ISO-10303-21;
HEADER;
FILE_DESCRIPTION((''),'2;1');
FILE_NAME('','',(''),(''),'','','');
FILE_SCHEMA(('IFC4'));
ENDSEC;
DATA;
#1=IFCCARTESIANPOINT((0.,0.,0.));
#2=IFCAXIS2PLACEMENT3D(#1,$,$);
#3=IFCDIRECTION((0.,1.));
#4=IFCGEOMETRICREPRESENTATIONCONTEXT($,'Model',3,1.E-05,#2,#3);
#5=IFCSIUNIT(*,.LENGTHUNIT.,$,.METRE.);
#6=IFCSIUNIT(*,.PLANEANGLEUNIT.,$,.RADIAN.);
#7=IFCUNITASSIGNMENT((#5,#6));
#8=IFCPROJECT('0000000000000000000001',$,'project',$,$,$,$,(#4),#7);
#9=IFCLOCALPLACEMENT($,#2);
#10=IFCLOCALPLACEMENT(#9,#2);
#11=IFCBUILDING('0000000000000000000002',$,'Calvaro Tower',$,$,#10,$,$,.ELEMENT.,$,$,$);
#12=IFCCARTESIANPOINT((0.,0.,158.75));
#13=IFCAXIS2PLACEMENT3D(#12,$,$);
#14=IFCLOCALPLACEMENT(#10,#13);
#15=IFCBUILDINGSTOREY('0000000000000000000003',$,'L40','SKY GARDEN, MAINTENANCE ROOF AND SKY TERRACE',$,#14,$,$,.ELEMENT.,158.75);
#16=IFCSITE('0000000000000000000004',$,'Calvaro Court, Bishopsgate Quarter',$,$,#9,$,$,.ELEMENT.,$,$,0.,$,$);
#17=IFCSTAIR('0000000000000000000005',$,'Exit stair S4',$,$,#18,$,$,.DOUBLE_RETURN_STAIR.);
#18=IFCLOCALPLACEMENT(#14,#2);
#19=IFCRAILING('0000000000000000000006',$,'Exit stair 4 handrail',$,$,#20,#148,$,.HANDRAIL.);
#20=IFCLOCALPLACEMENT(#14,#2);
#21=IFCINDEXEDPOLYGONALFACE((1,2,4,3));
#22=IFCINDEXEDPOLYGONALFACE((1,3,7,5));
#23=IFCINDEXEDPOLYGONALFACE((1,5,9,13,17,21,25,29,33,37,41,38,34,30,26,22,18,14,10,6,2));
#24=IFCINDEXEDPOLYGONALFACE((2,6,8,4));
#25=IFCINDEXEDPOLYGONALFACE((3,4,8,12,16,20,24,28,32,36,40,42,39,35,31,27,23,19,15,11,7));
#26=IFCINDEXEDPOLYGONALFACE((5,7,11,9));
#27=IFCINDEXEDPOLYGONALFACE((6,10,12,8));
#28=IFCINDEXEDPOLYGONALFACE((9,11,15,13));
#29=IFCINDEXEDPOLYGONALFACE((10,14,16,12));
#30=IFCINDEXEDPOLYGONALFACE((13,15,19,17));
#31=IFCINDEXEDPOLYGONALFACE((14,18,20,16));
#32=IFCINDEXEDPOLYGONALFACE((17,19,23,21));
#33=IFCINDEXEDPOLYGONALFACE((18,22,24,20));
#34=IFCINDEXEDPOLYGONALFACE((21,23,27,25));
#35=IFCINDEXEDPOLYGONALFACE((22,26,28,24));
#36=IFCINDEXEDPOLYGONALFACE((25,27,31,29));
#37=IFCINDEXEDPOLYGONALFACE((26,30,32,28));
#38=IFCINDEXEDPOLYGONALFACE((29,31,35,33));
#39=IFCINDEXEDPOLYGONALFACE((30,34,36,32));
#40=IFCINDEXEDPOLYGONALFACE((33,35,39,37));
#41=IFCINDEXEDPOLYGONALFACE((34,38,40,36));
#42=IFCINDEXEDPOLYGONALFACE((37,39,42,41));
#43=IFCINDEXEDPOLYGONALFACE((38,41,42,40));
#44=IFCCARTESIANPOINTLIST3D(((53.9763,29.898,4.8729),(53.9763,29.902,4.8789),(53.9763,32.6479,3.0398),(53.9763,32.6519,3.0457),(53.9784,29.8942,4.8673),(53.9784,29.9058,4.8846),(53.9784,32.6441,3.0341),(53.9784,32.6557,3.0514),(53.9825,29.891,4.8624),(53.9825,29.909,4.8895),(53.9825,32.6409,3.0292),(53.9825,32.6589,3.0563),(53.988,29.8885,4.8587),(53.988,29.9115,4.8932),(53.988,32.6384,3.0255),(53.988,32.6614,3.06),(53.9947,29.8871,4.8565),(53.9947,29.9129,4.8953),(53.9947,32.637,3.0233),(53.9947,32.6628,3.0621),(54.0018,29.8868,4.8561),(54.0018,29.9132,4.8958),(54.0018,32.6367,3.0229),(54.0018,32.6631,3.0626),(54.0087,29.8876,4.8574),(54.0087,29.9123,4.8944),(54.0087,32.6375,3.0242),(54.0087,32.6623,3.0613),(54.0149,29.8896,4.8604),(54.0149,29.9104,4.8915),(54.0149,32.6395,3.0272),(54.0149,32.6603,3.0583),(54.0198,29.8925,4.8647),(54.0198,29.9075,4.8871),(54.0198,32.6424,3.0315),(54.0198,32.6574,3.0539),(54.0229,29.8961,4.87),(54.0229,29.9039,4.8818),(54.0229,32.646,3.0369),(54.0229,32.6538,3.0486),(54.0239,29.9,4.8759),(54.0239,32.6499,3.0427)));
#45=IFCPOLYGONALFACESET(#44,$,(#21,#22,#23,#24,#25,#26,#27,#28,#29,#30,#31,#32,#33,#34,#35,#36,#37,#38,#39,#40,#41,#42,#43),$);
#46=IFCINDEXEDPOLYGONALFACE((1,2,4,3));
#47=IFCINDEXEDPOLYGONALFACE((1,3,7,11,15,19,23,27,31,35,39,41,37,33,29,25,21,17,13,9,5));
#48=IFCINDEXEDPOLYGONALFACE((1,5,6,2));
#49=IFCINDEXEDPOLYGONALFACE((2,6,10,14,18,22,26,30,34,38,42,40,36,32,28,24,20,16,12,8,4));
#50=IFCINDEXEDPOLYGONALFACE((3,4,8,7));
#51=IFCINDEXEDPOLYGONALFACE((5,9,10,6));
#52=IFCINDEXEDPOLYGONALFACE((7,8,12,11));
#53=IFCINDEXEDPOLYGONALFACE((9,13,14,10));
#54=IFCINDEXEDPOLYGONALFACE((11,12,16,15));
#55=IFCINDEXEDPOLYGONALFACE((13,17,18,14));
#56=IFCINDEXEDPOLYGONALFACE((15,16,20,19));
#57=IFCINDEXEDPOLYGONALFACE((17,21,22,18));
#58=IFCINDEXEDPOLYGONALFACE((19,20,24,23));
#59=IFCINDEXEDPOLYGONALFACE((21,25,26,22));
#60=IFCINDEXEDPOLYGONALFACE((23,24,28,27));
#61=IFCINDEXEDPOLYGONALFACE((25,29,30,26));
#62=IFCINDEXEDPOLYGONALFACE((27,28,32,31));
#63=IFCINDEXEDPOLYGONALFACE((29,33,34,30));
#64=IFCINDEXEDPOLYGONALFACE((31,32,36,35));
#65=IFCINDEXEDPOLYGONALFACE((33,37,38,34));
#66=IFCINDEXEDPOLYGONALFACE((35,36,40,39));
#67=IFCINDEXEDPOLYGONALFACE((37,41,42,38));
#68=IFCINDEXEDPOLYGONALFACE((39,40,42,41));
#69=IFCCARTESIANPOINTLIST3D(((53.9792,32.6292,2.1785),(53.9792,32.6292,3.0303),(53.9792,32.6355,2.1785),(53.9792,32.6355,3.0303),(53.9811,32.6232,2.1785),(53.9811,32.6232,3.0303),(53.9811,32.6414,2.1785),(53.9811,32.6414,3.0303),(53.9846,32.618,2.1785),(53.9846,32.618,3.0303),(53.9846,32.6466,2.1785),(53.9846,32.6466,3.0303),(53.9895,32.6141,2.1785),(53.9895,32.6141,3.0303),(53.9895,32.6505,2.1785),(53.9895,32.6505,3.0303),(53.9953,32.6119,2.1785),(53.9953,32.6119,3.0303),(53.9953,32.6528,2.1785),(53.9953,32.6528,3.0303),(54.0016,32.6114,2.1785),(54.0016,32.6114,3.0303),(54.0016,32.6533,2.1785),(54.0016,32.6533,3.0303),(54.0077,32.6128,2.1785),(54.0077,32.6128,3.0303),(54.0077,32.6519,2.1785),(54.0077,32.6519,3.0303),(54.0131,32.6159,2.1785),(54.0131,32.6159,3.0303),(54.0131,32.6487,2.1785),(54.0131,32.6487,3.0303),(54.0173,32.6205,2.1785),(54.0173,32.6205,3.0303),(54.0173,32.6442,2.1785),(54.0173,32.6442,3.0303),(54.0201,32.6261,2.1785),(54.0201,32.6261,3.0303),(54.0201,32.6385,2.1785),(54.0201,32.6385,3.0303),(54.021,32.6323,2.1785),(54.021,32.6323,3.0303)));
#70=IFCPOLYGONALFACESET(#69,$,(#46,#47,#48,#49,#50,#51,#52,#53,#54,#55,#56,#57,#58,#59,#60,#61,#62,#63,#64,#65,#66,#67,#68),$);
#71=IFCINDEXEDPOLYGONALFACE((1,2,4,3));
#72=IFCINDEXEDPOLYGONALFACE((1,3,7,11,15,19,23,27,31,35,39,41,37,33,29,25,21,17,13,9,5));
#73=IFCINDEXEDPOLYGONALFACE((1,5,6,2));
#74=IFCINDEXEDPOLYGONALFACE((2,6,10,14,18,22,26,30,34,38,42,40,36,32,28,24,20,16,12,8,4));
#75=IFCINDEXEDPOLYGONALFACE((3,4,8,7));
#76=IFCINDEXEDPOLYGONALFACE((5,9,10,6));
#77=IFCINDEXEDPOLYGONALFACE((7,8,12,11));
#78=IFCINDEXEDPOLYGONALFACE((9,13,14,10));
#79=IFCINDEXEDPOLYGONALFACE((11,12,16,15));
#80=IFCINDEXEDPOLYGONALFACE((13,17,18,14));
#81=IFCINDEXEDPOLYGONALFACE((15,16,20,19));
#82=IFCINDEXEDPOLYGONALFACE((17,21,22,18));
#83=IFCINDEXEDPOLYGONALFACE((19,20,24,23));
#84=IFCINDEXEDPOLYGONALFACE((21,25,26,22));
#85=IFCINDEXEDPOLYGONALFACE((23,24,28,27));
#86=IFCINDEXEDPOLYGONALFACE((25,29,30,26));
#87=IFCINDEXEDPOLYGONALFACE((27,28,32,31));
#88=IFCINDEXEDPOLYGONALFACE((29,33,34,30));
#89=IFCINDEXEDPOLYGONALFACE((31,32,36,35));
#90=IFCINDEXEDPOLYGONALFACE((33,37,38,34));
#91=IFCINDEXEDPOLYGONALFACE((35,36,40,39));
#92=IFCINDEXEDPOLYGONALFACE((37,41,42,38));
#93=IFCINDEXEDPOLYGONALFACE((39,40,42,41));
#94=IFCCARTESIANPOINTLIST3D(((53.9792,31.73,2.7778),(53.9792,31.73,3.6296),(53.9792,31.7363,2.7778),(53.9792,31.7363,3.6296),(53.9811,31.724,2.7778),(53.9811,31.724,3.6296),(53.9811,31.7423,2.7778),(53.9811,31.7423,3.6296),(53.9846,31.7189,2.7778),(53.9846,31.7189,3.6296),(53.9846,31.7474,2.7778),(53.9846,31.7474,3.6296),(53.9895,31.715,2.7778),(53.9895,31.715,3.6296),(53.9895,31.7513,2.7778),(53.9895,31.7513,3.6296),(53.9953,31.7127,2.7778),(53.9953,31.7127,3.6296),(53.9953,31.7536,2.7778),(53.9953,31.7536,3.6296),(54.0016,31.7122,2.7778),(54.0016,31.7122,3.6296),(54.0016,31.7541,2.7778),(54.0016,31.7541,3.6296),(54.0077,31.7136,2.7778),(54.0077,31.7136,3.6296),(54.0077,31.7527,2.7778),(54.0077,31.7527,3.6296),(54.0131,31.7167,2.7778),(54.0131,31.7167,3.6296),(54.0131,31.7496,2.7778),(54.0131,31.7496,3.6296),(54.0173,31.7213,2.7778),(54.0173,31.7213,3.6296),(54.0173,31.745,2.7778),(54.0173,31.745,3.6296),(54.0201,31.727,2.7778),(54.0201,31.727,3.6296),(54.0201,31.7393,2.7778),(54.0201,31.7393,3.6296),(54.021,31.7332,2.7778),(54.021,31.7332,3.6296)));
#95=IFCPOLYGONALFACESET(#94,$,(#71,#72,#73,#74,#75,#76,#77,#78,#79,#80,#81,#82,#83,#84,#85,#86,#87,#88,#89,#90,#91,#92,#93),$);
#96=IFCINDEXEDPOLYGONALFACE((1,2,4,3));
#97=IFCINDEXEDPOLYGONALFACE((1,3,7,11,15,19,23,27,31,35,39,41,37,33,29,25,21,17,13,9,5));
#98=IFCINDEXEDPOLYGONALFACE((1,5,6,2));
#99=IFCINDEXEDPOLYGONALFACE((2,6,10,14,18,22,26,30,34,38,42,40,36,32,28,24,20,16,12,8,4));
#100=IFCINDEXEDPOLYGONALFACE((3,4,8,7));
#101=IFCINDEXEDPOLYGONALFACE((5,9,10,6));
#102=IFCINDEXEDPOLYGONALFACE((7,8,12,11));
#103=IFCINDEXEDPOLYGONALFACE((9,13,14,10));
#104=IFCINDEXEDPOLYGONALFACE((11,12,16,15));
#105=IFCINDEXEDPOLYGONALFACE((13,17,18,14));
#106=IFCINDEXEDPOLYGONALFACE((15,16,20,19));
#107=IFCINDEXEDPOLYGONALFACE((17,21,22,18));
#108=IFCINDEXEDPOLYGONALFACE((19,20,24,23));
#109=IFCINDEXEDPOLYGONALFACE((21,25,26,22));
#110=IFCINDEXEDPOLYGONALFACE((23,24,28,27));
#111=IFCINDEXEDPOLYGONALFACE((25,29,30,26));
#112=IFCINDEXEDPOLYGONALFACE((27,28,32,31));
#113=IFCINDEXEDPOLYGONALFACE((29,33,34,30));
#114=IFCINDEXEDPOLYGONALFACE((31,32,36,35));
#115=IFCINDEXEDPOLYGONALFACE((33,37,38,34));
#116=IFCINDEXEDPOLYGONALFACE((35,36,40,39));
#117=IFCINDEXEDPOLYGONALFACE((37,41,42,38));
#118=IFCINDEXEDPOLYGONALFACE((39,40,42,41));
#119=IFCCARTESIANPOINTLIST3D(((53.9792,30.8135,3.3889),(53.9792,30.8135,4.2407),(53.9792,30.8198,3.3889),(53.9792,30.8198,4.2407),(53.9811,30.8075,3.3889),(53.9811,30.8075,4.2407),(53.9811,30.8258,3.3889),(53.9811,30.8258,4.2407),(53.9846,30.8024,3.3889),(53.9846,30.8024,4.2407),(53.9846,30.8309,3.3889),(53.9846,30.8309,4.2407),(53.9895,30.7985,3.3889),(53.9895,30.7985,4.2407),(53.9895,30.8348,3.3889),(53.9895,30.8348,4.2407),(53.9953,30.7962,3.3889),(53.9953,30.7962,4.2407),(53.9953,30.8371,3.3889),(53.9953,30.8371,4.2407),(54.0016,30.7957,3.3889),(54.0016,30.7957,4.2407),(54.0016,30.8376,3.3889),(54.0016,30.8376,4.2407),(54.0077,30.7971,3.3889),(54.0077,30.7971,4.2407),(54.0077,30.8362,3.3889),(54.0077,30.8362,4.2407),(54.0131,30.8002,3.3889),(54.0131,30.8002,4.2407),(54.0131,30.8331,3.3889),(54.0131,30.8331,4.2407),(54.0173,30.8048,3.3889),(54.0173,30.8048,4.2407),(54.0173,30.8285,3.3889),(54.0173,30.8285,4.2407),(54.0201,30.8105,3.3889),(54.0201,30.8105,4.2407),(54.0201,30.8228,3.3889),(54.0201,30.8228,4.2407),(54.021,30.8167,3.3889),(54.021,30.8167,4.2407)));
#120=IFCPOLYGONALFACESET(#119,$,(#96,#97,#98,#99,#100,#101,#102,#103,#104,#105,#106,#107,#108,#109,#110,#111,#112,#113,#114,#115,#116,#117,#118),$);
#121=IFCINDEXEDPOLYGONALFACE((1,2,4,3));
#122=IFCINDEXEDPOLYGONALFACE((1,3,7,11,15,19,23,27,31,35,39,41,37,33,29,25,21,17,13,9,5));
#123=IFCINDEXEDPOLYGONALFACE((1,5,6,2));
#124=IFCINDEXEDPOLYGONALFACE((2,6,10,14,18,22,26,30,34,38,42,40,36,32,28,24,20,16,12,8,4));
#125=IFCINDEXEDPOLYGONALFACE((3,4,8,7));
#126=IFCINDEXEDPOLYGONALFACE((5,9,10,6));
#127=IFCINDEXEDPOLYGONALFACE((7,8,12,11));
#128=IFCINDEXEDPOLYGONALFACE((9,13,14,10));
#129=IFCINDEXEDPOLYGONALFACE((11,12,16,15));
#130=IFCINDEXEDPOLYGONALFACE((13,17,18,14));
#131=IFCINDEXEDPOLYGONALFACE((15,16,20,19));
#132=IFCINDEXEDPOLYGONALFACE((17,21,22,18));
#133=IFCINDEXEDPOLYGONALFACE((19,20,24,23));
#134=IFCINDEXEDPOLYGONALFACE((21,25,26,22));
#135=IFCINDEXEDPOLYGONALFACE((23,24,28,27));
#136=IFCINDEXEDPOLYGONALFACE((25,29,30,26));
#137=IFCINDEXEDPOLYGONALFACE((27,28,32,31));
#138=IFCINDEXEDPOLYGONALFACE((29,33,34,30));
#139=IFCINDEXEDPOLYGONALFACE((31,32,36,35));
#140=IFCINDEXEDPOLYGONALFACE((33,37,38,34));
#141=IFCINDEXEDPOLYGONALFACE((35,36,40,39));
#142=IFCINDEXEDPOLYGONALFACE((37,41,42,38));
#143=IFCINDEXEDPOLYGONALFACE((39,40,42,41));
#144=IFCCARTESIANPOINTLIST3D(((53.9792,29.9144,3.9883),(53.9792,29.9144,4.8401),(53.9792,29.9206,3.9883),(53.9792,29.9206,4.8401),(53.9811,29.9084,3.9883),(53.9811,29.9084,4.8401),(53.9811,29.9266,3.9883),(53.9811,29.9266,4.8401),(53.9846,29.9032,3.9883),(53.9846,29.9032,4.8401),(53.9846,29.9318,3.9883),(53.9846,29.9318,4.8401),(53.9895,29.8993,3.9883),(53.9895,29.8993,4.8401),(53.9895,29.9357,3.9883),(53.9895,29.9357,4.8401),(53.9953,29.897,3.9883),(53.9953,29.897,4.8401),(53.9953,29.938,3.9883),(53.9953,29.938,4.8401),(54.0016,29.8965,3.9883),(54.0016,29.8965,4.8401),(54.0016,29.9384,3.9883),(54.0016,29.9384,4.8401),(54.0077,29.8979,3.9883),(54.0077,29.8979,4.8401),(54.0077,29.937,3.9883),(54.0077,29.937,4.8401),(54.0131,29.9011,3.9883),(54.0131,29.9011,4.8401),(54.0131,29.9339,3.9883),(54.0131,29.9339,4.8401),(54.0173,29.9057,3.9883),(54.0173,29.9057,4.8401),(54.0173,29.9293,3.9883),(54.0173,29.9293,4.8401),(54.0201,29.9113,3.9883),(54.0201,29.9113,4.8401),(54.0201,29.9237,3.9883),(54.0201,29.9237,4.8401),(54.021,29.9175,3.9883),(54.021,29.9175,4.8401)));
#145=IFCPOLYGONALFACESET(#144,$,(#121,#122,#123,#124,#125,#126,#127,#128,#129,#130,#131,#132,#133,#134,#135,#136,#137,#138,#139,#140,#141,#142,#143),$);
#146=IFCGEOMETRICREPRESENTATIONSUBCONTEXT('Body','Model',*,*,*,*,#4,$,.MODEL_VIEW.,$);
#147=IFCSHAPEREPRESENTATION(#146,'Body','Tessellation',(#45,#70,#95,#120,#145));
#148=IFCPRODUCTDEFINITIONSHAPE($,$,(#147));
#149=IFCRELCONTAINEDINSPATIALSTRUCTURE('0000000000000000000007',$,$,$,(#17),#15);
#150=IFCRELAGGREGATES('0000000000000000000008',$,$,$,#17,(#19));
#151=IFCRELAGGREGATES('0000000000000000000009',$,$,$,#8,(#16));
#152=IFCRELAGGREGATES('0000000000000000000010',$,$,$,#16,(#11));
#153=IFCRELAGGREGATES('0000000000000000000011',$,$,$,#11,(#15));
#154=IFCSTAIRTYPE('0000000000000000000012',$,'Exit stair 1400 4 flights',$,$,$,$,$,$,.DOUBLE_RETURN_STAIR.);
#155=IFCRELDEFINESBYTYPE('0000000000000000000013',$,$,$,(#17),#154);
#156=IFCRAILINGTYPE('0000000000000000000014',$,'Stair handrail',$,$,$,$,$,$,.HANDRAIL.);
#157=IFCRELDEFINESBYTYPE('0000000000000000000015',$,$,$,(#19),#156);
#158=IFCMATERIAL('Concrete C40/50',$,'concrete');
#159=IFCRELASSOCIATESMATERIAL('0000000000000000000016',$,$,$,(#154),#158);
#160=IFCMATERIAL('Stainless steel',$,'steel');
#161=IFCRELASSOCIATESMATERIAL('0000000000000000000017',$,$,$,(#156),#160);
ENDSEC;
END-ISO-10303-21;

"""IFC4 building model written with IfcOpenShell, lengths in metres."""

from ifc_helpers import new_model, si_unit, direction, frame, origin, origin_2d, place, context, subcontext, project, spatial, circle, extrude, material, type_object, element, aggregate, save


model = new_model("IFC4")

# Units and contexts
model_context = context("Model", 3, precision=1e-05, world=origin(), true_north=direction((0.0, 1.0)))
body_context = subcontext(model_context, "Body", "Model", "MODEL_VIEW")
ifc_project = project(units=[si_unit("LENGTHUNIT", "METRE"), si_unit("PLANEANGLEUNIT", "RADIAN")], contexts=[model_context])

# Site, building, storey
site_placement = place(None, origin())
site = spatial("IfcSite", under=ifc_project, at=site_placement, Name="Calvaro Court, Bishopsgate Quarter", CompositionType="ELEMENT", RefElevation=0.0)
building_placement = place(site_placement, origin())
building = spatial("IfcBuilding", under=site, at=building_placement, Name="Calvaro Tower", CompositionType="ELEMENT")
storey_placement = place(building_placement, frame((0.0, 0.0, 158.75)))
storey = spatial("IfcBuildingStorey", under=building, at=storey_placement, Name="L40", Description="SKY GARDEN, MAINTENANCE ROOF AND SKY TERRACE", CompositionType="ELEMENT", Elevation=158.75)

# Shared definitions
ifc_material_1 = material(Name="Concrete C40/50", Category="concrete")
stair_type = type_object("IfcStairType", Name="Exit stair 1400 4 flights", PredefinedType="DOUBLE_RETURN_STAIR", material=ifc_material_1)

# Stair, railing
stair_1_placement = place(storey_placement, origin())
stair_1 = element("IfcStair", 1, at=stair_1_placement, inside=storey, type_object=stair_type, Name="Exit stair S4", PredefinedType="DOUBLE_RETURN_STAIR")
ifc_material_2 = material(Name="Stainless steel", Category="steel")
railing_type = type_object("IfcRailingType", Name="Stair handrail", PredefinedType="HANDRAIL", material=ifc_material_2)
railing_1_placement = place(storey_placement, frame((54.0, 32.6499, 2.1667)))
railing_1 = element("IfcRailing", 2, at=railing_1_placement, type_object=railing_type, Name="Exit stair 4 handrail", PredefinedType="HANDRAIL", context=body_context, shape_type="SweptSolid", body=[
    extrude(circle(Radius=0.0239, at=origin_2d()), frame((0.0, 0.0, 0.876), z_axis=(0.0, -0.832062, 0.554683), x_axis=(1.0, 0.0, 0.0)), (0.0, 0.0, 1.0), 3.3049),
    extrude(circle(Radius=0.021, at=origin_2d()), frame((0.0, -0.0176, 0.0117)), (0.0, 0.0, 1.0), 0.8518),
    extrude(circle(Radius=0.021, at=origin_2d()), frame((0.0, -0.9167, 0.6111)), (0.0, 0.0, 1.0), 0.8518),
    extrude(circle(Radius=0.021, at=origin_2d()), frame((0.0, -1.8333, 1.2222)), (0.0, 0.0, 1.0), 0.8518),
    extrude(circle(Radius=0.021, at=origin_2d()), frame((0.0, -2.7324, 1.8215)), (0.0, 0.0, 1.0), 0.8518),
])
aggregate(stair_1, [railing_1])

save(model, "model.ifc")
